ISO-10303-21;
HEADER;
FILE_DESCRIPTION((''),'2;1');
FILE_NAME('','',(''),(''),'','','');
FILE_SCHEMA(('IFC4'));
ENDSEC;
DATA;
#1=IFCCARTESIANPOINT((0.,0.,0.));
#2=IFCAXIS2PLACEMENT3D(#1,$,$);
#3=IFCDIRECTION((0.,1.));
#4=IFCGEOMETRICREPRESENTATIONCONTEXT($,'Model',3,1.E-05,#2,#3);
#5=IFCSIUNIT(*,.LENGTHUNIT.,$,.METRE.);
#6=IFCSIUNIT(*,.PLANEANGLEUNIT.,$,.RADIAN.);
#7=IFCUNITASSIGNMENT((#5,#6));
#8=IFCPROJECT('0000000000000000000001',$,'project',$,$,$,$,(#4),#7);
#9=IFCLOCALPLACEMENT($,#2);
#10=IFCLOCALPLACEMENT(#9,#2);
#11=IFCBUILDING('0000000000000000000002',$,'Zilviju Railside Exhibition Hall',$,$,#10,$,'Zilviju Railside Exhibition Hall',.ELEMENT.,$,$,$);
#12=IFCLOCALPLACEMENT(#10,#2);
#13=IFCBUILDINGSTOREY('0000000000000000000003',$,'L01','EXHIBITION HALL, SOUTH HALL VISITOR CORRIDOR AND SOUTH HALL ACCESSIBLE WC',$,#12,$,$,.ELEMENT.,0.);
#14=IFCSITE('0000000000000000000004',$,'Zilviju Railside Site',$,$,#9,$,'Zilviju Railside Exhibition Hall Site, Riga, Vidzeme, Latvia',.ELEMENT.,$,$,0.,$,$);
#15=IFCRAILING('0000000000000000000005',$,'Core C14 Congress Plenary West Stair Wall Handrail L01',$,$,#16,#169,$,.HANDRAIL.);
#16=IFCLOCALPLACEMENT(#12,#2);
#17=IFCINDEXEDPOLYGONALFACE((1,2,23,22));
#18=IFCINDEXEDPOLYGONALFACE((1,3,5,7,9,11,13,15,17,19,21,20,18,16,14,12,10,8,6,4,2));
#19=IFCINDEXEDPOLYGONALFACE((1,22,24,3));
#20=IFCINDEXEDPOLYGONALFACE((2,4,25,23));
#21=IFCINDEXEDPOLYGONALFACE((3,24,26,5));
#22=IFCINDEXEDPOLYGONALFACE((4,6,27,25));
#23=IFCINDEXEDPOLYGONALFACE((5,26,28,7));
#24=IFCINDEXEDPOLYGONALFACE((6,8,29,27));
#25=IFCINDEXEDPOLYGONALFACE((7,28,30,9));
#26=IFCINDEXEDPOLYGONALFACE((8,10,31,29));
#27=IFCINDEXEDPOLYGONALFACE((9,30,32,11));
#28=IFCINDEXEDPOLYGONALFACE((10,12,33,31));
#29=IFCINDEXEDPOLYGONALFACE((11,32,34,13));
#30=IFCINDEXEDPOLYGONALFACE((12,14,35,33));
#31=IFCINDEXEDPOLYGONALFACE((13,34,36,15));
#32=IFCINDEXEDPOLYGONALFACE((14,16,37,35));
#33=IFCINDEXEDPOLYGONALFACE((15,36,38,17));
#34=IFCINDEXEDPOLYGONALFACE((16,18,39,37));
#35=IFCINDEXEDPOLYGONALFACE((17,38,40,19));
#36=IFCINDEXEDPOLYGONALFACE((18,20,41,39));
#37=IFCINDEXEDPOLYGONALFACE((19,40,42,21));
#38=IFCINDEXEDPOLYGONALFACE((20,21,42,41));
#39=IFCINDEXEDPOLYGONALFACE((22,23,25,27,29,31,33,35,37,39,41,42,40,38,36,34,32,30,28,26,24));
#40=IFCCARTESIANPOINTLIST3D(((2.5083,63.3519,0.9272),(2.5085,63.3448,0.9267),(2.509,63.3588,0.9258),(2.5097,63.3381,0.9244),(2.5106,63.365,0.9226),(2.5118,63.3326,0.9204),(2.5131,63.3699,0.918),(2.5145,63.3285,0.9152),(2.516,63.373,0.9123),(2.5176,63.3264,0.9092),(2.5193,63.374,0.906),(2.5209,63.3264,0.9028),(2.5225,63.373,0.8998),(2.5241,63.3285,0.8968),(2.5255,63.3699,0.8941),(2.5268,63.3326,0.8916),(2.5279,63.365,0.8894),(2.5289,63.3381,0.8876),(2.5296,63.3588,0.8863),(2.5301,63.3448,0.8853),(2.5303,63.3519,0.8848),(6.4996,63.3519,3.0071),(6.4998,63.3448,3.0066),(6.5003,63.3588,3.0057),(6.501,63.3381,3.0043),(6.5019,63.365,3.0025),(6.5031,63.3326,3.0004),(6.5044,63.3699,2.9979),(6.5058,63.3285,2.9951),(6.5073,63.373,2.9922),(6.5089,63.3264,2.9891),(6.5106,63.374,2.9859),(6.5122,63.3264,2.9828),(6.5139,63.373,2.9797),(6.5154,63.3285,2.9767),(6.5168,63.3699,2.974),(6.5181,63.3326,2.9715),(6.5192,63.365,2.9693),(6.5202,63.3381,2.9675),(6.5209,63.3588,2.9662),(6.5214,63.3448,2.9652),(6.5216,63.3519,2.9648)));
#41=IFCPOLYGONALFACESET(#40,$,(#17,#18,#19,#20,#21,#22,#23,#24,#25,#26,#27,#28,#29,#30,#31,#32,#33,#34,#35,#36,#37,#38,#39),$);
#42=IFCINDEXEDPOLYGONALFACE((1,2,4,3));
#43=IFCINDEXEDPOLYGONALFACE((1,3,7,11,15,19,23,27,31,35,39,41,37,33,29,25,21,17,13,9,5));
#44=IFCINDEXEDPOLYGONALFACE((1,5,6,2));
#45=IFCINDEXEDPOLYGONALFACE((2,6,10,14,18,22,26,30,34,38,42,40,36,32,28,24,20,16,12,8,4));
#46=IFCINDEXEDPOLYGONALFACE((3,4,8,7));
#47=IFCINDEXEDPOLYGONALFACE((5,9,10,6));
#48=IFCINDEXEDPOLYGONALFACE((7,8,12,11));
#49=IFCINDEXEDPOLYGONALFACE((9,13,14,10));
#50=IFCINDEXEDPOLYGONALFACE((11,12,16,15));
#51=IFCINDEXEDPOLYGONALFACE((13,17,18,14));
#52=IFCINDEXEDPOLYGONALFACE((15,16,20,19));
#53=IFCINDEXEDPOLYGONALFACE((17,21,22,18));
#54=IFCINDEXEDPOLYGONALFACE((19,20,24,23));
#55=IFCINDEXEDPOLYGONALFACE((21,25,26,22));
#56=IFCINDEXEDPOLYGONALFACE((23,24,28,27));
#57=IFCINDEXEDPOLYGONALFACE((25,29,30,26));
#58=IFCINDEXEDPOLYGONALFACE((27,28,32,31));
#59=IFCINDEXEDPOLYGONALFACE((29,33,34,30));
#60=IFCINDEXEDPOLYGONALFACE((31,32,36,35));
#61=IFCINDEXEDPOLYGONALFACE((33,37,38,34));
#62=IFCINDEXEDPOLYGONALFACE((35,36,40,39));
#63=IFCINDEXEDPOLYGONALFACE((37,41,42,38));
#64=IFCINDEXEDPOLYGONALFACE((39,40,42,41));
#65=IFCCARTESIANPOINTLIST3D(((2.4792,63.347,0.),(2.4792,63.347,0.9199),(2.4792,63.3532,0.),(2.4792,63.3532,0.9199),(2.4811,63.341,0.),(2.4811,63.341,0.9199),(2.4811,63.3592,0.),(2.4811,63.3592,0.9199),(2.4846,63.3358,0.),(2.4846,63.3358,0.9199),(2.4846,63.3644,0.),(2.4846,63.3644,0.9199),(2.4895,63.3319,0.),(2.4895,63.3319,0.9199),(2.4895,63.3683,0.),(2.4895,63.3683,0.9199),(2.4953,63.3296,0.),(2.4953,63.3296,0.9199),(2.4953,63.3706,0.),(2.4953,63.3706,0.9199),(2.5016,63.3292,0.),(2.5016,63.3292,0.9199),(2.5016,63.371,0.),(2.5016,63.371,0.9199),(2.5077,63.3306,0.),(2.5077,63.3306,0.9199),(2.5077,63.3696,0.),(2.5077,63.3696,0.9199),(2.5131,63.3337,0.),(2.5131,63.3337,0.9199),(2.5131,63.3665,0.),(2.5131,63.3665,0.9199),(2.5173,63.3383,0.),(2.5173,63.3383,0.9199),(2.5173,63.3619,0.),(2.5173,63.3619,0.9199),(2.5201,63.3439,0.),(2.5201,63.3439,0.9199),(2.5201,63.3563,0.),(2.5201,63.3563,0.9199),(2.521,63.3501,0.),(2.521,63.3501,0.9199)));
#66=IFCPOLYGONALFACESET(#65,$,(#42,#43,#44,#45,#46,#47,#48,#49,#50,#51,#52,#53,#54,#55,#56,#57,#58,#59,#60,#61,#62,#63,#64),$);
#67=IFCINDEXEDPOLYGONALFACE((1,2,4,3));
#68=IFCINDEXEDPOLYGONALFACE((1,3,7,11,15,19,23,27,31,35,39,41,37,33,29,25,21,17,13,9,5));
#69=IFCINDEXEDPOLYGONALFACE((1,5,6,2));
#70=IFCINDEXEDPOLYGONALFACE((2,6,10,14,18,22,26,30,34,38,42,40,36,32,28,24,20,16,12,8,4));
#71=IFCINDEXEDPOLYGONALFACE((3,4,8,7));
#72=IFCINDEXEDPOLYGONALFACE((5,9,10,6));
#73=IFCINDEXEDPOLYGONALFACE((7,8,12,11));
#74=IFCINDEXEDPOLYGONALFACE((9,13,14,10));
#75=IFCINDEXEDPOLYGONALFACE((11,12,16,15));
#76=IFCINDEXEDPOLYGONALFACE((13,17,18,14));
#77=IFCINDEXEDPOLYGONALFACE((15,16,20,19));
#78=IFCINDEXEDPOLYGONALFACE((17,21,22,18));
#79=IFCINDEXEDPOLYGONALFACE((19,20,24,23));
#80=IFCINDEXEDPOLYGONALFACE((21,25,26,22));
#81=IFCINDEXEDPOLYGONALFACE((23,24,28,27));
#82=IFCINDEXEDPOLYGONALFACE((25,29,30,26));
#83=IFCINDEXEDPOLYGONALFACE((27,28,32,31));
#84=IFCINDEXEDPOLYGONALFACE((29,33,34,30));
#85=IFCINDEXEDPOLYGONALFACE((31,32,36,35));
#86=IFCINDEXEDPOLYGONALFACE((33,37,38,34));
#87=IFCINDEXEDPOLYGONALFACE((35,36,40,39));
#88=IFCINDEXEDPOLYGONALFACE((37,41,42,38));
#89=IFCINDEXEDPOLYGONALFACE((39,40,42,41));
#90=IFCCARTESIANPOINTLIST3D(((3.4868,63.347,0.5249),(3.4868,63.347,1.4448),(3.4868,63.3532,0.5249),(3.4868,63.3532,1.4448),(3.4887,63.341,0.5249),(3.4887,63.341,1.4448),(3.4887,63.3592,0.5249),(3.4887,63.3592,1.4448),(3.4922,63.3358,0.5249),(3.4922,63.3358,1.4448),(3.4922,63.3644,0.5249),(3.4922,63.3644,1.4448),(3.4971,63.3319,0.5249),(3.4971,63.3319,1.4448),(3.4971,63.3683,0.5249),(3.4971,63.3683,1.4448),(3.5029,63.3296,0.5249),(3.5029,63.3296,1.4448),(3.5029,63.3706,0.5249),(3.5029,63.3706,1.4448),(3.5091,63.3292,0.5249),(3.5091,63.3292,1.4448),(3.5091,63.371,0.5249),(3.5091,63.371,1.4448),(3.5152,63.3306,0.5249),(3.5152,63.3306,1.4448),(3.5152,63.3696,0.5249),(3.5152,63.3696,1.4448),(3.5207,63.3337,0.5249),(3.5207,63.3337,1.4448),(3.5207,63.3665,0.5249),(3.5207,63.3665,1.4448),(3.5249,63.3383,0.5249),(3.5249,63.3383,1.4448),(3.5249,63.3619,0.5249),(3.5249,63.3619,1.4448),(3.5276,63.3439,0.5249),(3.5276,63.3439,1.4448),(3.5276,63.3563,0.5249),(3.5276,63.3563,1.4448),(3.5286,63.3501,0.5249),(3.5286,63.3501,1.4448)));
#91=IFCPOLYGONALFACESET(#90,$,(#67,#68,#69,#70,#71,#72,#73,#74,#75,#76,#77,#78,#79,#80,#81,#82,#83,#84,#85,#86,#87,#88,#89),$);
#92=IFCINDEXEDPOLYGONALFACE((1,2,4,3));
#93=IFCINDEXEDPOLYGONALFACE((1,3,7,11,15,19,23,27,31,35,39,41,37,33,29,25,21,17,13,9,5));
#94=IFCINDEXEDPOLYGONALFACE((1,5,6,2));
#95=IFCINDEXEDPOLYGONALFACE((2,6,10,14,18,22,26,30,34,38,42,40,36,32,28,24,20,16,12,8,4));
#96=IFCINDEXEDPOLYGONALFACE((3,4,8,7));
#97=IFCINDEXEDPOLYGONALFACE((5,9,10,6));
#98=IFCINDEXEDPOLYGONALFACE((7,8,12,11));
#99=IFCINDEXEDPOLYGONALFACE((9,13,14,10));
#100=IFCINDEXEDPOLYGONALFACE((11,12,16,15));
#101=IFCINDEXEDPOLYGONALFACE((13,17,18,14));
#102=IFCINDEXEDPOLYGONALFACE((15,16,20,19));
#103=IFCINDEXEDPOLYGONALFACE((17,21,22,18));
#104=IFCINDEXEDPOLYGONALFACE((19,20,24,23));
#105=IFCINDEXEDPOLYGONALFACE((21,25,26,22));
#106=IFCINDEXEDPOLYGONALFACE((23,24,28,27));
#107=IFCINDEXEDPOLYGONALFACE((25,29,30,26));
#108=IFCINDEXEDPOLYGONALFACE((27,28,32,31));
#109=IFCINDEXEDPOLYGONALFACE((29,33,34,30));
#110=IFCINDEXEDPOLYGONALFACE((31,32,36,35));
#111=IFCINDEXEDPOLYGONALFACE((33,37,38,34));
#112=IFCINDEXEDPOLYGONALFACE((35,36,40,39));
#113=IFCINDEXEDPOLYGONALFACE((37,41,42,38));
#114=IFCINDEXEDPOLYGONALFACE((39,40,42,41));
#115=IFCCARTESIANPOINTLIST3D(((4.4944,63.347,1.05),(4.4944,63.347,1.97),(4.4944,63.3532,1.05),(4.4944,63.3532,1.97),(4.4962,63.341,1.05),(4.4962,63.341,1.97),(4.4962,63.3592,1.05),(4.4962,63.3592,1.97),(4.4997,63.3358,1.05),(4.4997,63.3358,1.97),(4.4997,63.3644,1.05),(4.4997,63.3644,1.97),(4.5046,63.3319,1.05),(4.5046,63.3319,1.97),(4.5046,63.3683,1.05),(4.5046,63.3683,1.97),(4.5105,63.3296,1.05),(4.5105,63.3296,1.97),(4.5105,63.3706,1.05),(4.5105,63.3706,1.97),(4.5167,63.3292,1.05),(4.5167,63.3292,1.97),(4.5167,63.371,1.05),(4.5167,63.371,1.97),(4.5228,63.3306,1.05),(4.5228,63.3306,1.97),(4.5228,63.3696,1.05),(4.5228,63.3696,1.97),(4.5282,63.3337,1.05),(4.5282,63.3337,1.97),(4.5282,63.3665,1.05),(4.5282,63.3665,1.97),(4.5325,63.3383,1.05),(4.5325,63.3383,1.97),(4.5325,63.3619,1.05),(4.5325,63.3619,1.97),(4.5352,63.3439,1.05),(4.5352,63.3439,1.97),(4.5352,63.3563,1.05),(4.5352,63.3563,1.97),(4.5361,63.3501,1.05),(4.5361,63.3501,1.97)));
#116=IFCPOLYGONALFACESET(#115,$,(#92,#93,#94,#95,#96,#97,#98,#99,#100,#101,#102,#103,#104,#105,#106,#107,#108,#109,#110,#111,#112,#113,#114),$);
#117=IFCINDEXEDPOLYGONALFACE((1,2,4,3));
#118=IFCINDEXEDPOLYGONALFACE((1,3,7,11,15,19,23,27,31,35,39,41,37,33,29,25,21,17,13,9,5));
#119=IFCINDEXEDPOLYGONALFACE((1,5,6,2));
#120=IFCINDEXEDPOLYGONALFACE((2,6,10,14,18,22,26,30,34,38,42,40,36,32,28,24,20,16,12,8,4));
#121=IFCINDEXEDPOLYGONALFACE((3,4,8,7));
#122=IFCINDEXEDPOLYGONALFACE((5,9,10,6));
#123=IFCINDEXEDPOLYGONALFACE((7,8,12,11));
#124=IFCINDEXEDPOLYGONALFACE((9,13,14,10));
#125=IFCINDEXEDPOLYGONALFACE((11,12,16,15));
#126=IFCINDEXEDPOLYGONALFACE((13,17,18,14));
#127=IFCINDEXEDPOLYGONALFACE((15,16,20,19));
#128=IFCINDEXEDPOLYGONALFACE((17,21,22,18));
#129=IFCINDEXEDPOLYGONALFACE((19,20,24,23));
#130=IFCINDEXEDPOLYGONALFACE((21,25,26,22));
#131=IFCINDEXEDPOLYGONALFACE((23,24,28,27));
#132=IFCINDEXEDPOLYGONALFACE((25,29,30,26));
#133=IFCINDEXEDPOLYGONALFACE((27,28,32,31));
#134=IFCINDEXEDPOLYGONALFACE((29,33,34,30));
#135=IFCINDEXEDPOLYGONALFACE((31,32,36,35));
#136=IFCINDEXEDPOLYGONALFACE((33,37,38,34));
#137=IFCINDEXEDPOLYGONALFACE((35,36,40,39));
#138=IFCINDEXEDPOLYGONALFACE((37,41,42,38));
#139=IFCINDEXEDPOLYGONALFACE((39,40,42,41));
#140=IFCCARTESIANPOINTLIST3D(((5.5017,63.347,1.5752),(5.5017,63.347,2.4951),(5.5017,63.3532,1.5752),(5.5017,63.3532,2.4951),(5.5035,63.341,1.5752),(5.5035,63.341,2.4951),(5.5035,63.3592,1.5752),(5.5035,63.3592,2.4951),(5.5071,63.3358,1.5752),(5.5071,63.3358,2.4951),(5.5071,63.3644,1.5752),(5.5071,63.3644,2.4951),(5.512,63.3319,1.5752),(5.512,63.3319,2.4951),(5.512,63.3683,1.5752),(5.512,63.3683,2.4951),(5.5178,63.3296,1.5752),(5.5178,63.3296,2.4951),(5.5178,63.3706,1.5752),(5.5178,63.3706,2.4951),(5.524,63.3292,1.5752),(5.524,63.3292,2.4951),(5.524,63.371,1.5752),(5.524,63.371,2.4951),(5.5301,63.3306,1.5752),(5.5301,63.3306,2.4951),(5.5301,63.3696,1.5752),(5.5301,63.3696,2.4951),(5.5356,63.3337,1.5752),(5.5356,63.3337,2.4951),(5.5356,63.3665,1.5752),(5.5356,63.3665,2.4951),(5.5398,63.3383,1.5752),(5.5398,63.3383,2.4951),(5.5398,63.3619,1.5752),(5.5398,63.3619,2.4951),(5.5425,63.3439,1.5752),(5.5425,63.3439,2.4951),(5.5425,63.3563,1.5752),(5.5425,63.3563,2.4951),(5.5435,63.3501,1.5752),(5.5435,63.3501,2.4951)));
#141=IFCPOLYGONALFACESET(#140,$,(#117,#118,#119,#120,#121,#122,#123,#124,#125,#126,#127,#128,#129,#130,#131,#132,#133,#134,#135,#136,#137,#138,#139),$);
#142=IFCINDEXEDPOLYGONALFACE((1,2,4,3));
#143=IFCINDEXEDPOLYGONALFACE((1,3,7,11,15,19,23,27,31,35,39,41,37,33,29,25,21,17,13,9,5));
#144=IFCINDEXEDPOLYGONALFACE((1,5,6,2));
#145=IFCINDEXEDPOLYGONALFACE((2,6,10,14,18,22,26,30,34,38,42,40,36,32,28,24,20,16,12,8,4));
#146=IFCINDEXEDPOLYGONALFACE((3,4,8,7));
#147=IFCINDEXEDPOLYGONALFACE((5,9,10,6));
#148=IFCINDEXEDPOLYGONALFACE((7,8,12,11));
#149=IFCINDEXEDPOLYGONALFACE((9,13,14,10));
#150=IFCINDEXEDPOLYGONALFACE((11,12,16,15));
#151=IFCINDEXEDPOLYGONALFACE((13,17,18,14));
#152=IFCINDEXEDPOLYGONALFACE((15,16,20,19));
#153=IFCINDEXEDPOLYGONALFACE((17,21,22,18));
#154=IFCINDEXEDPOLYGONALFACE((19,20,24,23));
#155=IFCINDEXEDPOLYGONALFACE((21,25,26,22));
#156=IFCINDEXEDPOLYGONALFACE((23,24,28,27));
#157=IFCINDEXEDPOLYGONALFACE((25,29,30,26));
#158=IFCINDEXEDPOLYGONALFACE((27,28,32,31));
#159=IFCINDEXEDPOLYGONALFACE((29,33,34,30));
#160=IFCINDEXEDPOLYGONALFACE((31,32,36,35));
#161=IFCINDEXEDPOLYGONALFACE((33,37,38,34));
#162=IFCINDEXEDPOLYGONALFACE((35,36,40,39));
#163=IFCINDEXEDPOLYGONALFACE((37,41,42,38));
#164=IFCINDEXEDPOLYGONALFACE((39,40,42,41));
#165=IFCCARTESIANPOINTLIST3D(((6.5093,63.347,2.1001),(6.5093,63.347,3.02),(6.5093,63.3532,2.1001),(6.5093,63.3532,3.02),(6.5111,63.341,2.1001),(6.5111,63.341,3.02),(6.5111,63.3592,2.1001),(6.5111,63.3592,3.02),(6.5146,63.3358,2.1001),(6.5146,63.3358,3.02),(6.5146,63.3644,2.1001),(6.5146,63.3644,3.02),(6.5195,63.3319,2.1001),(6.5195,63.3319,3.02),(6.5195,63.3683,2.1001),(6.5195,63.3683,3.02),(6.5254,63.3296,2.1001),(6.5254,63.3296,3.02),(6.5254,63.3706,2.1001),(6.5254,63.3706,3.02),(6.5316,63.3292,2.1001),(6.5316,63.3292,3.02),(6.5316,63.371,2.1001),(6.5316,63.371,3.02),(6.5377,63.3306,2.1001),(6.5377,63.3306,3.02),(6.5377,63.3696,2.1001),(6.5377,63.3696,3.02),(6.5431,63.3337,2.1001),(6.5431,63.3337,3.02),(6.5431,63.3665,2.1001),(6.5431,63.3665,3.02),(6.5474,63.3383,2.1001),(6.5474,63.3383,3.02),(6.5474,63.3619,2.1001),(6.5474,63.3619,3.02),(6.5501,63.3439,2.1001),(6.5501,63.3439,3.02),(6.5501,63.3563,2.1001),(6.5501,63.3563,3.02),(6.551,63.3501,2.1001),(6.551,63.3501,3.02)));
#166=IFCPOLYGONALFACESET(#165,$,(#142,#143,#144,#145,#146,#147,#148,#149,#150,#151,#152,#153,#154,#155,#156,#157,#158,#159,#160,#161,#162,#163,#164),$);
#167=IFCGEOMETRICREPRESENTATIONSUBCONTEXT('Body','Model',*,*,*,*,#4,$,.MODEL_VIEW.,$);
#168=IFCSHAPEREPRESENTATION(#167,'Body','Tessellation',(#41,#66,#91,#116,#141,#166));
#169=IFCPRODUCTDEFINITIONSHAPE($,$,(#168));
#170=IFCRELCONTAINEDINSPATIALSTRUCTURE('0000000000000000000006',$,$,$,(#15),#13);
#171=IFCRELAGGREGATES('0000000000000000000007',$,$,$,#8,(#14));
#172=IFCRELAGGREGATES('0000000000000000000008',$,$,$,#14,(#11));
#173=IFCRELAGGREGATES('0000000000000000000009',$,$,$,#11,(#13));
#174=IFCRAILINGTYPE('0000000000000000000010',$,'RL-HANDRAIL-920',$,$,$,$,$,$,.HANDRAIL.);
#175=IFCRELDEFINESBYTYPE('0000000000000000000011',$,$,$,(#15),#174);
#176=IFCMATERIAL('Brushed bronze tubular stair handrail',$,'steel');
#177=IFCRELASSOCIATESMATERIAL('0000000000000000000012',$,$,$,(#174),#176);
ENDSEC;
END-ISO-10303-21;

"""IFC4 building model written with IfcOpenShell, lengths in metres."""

from ifc_helpers import new_model, si_unit, direction, frame, origin, origin_2d, place, context, subcontext, project, spatial, circle, extrude, material, type_object, element, save


model = new_model("IFC4")

# Units and contexts
model_context = context("Model", 3, precision=1e-05, world=origin(), true_north=direction((0.0, 1.0)))
body_context = subcontext(model_context, "Body", "Model", "MODEL_VIEW")
ifc_project = project(units=[si_unit("LENGTHUNIT", "METRE"), si_unit("PLANEANGLEUNIT", "RADIAN")], contexts=[model_context])

# Site, building, storey
site_placement = place(None, origin())
site = spatial("IfcSite", under=ifc_project, at=site_placement, Name="Zilviju Railside Site", LongName="Zilviju Railside Exhibition Hall Site, Riga, Vidzeme, Latvia", CompositionType="ELEMENT", RefElevation=0.0)
building_placement = place(site_placement, origin())
building = spatial("IfcBuilding", under=site, at=building_placement, Name="Zilviju Railside Exhibition Hall", LongName="Zilviju Railside Exhibition Hall", CompositionType="ELEMENT")
storey_placement = place(building_placement, origin())
storey = spatial("IfcBuildingStorey", under=building, at=storey_placement, Name="L01", Description="EXHIBITION HALL, SOUTH HALL VISITOR CORRIDOR AND SOUTH HALL ACCESSIBLE WC", CompositionType="ELEMENT", Elevation=0.0)

# Railing
ifc_material_1 = material(Name="Brushed bronze tubular stair handrail", Category="steel")
railing_type_1 = type_object("IfcRailingType", Name="RL-HANDRAIL-920", PredefinedType="HANDRAIL", material=ifc_material_1)
railing_1_placement = place(storey_placement, frame((2.5, 63.3501, 0.0)))
element("IfcRailing", 1, at=railing_1_placement, inside=storey, type_object=railing_type_1, Name="Core C14 Congress Plenary West Stair Wall Handrail L01", PredefinedType="HANDRAIL", context=body_context, shape_type="SweptSolid", body=[
    extrude(circle(Radius=0.0239, at=origin_2d()), frame((0.0193, 0.0, 0.906), z_axis=(0.886813, 0.0, 0.462129), x_axis=(0.0, 1.0, 0.0)), (0.0, 0.0, 1.0), 4.5007),
    extrude(circle(Radius=0.021, at=origin_2d()), origin(), (0.0, 0.0, 1.0), 0.9199),
    extrude(circle(Radius=0.021, at=origin_2d()), frame((1.0076, 0.0, 0.5249)), (0.0, 0.0, 1.0), 0.9199),
    extrude(circle(Radius=0.021, at=origin_2d()), frame((2.0151, 0.0, 1.05)), (0.0, 0.0, 1.0), 0.9199),
    extrude(circle(Radius=0.021, at=origin_2d()), frame((3.0225, 0.0, 1.5752)), (0.0, 0.0, 1.0), 0.9199),
    extrude(circle(Radius=0.021, at=origin_2d()), frame((4.03, 0.0, 2.1001)), (0.0, 0.0, 1.0), 0.9199),
])

save(model, "model.ifc")
